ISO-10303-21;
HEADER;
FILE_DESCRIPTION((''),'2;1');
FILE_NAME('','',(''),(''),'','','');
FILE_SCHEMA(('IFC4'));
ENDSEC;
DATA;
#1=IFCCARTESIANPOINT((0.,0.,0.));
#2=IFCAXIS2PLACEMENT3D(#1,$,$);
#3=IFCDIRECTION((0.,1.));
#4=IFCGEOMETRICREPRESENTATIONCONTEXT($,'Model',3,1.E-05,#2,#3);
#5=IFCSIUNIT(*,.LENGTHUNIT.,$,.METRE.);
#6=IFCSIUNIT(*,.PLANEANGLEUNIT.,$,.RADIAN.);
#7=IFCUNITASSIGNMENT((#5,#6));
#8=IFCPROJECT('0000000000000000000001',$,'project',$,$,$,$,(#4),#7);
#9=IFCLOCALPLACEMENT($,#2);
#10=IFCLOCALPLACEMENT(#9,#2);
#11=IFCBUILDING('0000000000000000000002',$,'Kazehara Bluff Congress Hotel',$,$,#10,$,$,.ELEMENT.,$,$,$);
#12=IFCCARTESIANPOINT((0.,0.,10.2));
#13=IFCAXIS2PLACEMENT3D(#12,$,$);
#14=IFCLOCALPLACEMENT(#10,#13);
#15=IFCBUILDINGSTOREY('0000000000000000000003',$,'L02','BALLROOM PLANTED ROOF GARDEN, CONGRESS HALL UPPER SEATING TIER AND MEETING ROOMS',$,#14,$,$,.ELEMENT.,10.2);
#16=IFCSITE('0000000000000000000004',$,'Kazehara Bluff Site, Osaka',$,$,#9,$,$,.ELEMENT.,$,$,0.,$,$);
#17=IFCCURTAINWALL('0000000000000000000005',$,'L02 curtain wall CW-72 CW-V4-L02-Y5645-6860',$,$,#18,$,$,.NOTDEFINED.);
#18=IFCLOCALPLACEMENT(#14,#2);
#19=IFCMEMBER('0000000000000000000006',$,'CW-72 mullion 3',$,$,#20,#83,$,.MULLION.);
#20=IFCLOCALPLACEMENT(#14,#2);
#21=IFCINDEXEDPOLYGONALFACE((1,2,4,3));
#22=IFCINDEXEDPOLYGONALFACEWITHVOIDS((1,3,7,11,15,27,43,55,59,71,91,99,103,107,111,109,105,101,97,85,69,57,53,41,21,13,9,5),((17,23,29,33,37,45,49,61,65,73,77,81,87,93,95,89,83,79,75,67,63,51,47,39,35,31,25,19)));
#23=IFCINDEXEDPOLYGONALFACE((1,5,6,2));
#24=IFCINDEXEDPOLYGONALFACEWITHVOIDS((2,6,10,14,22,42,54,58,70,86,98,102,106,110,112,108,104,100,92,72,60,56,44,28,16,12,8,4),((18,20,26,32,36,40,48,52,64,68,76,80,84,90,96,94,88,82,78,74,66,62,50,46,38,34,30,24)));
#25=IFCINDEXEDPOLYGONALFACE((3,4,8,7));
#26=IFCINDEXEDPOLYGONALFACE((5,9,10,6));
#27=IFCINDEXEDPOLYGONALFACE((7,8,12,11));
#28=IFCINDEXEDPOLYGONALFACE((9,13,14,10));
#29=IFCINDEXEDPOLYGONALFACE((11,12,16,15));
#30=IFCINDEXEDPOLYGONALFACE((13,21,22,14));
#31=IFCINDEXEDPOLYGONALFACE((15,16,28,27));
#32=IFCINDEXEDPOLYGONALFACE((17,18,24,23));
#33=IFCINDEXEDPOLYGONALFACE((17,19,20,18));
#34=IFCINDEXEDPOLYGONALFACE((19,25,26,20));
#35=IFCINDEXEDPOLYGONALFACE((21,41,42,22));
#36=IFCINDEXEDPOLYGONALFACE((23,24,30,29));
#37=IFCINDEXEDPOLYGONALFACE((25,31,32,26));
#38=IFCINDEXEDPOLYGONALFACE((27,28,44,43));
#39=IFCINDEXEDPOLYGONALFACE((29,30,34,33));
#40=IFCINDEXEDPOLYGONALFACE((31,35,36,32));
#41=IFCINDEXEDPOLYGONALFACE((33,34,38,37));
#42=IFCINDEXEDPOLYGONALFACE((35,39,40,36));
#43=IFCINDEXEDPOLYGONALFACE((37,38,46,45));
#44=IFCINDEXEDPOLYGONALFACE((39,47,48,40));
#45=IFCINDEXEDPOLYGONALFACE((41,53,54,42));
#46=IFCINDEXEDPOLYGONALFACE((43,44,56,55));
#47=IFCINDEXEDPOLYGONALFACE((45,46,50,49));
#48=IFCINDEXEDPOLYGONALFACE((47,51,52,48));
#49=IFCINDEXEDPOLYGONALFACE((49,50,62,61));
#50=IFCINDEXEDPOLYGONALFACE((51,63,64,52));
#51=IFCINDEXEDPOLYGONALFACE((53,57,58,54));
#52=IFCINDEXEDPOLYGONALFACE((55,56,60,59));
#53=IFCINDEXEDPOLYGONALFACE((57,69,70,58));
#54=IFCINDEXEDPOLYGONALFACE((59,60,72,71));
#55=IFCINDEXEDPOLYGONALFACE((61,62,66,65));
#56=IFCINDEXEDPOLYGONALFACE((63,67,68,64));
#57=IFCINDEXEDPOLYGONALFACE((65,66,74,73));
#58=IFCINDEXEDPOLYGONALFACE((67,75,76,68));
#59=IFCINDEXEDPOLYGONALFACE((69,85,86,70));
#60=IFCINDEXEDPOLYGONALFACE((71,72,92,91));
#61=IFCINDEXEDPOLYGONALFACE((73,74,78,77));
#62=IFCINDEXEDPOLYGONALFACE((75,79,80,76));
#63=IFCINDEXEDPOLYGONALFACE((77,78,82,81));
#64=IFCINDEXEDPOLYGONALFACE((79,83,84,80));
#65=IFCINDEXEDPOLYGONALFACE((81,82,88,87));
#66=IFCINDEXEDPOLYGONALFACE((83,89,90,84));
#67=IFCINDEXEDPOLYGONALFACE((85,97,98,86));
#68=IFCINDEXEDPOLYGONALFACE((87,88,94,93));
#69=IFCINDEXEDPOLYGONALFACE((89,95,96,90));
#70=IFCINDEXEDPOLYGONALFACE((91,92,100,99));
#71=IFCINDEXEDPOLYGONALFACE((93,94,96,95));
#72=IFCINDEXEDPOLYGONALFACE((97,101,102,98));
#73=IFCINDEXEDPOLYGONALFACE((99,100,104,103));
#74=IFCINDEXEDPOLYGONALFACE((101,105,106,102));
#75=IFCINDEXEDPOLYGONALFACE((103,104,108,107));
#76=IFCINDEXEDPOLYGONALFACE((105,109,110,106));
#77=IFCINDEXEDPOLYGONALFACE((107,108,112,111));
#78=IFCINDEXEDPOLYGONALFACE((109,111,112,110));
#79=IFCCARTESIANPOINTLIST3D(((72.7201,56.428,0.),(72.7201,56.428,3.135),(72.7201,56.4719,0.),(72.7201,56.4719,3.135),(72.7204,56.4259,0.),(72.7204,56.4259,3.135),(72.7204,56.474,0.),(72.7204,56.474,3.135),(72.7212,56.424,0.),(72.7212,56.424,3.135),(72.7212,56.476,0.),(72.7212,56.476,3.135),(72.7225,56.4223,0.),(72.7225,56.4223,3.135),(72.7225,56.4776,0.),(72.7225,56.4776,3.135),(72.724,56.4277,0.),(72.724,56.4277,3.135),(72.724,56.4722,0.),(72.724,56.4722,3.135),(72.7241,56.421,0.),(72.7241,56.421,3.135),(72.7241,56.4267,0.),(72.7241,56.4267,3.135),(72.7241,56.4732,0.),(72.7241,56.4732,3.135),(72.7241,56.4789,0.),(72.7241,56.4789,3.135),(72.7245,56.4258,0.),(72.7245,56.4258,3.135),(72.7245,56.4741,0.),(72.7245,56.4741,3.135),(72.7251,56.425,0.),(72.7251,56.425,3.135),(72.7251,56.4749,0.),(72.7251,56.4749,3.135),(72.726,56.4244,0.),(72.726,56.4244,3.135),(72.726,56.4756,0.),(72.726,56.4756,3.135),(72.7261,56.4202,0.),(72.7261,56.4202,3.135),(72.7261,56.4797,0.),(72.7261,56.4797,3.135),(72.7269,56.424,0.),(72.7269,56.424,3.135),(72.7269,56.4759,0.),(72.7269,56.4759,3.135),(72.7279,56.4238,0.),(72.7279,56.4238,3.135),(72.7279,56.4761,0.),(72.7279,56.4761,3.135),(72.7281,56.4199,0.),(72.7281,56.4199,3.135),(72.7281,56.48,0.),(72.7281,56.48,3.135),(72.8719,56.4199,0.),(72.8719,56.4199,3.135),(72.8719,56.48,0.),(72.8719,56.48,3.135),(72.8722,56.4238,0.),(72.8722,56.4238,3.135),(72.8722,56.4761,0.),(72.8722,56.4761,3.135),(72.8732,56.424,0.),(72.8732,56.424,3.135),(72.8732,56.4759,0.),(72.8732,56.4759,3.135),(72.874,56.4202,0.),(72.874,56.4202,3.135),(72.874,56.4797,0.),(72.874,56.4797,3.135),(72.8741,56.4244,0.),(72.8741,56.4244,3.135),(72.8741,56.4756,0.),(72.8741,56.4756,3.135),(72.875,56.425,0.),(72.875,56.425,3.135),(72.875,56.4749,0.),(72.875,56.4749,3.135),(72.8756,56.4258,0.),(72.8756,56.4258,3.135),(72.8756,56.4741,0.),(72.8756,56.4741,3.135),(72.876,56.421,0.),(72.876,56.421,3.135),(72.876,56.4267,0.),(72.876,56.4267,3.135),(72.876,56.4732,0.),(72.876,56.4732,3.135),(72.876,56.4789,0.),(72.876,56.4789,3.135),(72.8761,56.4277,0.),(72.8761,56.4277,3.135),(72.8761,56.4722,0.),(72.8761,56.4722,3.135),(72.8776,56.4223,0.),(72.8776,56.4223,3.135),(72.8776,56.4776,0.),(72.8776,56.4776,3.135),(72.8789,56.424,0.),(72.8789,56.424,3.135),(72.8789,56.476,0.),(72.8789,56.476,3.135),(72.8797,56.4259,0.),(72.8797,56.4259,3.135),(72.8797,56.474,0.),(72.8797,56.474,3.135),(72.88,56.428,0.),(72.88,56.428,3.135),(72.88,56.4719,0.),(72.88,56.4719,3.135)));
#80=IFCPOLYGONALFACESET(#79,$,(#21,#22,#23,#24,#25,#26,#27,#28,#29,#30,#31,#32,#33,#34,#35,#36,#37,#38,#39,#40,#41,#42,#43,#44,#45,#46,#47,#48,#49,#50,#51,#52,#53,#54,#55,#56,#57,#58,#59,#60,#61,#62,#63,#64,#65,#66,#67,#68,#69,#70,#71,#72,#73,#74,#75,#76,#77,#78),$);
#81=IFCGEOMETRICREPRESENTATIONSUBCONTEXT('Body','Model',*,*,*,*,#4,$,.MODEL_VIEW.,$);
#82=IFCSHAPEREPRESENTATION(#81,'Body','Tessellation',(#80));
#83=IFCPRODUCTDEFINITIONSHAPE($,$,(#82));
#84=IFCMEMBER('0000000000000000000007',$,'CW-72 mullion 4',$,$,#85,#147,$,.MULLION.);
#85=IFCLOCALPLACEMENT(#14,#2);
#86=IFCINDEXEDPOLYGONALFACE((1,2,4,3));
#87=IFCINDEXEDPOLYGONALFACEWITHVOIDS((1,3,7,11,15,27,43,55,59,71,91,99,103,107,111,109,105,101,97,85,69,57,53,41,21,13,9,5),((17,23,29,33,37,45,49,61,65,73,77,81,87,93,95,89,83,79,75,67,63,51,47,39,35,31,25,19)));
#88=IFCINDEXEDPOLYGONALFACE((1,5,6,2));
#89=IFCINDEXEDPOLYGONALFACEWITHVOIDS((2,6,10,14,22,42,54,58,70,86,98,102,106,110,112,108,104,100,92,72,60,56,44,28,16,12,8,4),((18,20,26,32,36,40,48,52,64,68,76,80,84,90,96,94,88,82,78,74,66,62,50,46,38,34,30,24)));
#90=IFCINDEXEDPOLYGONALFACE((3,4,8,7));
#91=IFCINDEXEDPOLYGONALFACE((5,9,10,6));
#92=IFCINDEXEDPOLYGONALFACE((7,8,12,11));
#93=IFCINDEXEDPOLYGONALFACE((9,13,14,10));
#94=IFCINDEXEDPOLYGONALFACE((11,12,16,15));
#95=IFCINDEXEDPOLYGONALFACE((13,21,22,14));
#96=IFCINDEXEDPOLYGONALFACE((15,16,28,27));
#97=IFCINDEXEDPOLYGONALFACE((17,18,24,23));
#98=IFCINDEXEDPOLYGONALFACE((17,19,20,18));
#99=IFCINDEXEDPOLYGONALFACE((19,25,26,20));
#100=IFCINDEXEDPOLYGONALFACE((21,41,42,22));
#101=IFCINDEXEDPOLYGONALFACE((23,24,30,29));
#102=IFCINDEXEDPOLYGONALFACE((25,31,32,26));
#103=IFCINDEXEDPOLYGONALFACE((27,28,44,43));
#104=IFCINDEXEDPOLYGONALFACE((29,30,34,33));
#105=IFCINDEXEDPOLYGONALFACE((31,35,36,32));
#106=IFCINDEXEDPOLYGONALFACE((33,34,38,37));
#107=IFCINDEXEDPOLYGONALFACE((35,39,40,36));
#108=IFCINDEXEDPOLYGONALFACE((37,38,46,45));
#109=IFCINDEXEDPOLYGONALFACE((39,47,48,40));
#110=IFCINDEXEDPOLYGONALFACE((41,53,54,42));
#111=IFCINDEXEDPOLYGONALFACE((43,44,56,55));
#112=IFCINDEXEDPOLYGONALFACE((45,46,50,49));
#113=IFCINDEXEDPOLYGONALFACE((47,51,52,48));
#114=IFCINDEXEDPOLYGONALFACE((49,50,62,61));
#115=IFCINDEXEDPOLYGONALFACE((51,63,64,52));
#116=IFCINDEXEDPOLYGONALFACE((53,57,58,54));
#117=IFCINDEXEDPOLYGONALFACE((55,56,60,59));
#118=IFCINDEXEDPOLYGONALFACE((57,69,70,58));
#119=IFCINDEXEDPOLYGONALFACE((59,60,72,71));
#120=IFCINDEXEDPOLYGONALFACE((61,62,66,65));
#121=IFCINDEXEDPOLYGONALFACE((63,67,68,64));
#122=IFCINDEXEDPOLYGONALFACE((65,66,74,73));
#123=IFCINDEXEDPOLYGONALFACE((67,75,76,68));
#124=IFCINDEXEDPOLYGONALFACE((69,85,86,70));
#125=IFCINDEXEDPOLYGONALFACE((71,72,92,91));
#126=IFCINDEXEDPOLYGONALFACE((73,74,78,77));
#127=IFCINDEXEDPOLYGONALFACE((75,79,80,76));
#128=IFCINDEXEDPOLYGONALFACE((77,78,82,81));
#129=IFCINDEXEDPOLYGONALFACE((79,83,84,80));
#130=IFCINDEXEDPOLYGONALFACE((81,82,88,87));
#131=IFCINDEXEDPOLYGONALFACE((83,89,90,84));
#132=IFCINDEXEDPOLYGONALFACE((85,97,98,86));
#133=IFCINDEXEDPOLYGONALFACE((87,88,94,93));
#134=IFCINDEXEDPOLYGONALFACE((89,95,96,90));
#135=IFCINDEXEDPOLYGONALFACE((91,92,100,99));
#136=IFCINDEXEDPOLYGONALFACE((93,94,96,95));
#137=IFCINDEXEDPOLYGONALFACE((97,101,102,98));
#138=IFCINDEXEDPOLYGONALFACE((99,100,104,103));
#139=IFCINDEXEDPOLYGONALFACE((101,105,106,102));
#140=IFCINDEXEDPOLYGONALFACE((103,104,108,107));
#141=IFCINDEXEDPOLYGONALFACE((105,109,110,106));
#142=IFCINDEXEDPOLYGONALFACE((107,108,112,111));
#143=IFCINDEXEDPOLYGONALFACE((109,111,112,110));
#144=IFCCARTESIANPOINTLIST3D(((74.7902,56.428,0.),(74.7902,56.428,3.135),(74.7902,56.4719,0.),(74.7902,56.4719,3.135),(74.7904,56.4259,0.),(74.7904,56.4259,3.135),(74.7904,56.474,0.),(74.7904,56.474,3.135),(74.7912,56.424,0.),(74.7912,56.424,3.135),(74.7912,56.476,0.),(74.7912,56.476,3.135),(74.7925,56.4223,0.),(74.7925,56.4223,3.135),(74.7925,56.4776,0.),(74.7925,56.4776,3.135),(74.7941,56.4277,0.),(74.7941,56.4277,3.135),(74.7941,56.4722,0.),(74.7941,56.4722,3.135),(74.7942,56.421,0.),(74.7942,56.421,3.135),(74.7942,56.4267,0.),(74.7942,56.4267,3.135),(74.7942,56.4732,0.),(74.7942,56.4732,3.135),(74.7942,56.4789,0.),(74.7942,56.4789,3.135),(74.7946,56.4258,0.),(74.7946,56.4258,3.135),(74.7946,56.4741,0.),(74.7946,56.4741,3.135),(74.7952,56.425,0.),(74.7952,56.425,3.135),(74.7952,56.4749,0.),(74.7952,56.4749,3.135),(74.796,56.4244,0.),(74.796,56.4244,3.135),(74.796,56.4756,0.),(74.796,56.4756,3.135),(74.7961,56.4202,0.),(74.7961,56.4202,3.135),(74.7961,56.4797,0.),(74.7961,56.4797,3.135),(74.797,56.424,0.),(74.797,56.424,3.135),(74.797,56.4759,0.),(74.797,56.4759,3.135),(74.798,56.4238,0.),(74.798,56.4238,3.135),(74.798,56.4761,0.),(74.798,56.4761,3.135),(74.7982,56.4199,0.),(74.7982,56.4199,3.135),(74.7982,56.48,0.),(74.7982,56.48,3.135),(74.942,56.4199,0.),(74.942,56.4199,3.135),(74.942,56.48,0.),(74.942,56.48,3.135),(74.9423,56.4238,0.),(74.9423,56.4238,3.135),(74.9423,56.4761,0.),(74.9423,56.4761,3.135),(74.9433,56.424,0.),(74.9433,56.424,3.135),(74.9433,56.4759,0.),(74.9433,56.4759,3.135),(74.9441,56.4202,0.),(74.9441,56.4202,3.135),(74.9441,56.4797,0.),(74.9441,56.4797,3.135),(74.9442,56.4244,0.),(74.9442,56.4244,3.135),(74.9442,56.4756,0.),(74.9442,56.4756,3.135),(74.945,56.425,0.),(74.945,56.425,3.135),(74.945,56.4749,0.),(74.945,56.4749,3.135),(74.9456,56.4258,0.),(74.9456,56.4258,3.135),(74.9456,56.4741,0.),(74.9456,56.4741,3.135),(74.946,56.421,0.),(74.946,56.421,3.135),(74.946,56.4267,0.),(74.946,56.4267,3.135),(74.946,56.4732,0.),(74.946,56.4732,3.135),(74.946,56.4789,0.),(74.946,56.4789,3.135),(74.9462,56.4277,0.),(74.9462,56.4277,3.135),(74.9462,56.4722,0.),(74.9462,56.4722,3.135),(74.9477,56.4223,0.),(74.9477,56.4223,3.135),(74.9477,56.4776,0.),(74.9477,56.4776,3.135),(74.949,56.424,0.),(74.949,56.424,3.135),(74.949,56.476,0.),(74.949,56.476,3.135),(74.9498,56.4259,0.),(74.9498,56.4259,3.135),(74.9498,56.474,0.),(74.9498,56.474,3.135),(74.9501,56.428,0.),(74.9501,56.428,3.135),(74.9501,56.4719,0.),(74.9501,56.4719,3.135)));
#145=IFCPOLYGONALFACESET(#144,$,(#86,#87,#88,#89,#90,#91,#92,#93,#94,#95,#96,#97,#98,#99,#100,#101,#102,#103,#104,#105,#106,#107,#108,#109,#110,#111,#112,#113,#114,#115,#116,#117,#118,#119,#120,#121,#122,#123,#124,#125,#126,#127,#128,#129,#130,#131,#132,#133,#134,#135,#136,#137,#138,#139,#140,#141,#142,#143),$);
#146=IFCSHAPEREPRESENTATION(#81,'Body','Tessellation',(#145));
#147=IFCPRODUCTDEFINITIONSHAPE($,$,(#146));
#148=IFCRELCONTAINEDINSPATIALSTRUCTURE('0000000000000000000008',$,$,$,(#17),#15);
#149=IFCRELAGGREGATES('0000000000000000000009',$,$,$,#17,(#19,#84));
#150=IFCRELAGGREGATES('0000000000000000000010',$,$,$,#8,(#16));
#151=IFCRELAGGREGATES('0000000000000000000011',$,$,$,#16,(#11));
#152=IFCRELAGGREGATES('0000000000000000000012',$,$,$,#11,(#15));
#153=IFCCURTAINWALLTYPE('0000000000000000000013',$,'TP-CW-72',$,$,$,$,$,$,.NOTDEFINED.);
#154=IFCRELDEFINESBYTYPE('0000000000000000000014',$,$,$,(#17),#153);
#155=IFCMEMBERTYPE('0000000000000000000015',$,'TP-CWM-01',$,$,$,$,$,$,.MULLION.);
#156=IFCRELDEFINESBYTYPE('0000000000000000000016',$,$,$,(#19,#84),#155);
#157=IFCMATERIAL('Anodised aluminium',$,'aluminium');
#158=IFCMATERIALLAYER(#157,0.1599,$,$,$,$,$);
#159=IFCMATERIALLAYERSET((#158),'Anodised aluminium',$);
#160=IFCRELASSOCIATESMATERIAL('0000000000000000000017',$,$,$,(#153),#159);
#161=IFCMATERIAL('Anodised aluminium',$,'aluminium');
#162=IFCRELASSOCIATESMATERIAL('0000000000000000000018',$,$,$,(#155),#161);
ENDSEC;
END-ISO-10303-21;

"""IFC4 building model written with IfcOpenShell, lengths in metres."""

from ifc_helpers import new_model, si_unit, direction, frame, origin, origin_2d, place, context, subcontext, project, spatial, hollow_rectangle, extrude, material, layer, layer_set, material_profile, profile_set, type_object, element, aggregate, save


model = new_model("IFC4")

# Units and contexts
model_context = context("Model", 3, precision=1e-05, world=origin(), true_north=direction((0.0, 1.0)))
body_context = subcontext(model_context, "Body", "Model", "MODEL_VIEW")
ifc_project = project(units=[si_unit("LENGTHUNIT", "METRE"), si_unit("PLANEANGLEUNIT", "RADIAN")], contexts=[model_context])

# Site, building, storey
site_placement = place(None, origin())
site = spatial("IfcSite", under=ifc_project, at=site_placement, Name="Kazehara Bluff Site, Osaka", CompositionType="ELEMENT", RefElevation=0.0)
building_placement = place(site_placement, origin())
building = spatial("IfcBuilding", under=site, at=building_placement, Name="Kazehara Bluff Congress Hotel", CompositionType="ELEMENT")
storey_placement = place(building_placement, frame((0.0, 0.0, 10.2)))
storey = spatial("IfcBuildingStorey", under=building, at=storey_placement, Name="L02", Description="BALLROOM PLANTED ROOF GARDEN, CONGRESS HALL UPPER SEATING TIER AND MEETING ROOMS", CompositionType="ELEMENT", Elevation=10.2)

# Curtain wall, members
ifc_material_1 = material(Name="Anodised aluminium", Category="aluminium")
ifc_layer_1 = layer(ifc_material_1, 0.1599)
ifc_layer_set_1 = layer_set([ifc_layer_1], Name="Anodised aluminium")
curtain_wall_type = type_object("IfcCurtainWallType", Name="TP-CW-72", PredefinedType="NOTDEFINED", material=ifc_layer_set_1)
curtain_wall_placement = place(storey_placement, origin())
curtain_wall = element("IfcCurtainWall", 1, at=curtain_wall_placement, inside=storey, type_object=curtain_wall_type, Name="L02 curtain wall CW-72 CW-V4-L02-Y5645-6860", PredefinedType="NOTDEFINED")
ifc_material_2 = material(Name="Anodised aluminium", Category="aluminium")
ifc_material_profile_1 = material_profile(ifc_material_2, hollow_rectangle(XDim=0.0601, YDim=0.1599, WallThickness=0.0039, InnerFilletRadius=0.0039, OuterFilletRadius=0.0081, at=origin_2d()))
ifc_profile_set_1 = profile_set([ifc_material_profile_1], Name="Anodised aluminium")
member_type_1 = type_object("IfcMemberType", Name="TP-CWM-01", PredefinedType="MULLION", material=ifc_profile_set_1)
member_1_placement = place(storey_placement, frame((72.8, 56.45, 0.0), z_axis=(0.0, 0.0, 1.0), x_axis=(0.0, 1.0, 0.0)))
member_1 = element("IfcMember", 2, at=member_1_placement, type_object=member_type_1, Name="CW-72 mullion 3", PredefinedType="MULLION", context=body_context, shape_type="SweptSolid", body=[
    extrude(hollow_rectangle(XDim=0.0601, YDim=0.1599, WallThickness=0.0039, InnerFilletRadius=0.0039, OuterFilletRadius=0.0081, at=origin_2d()), origin(), (0.0, 0.0, 1.0), 3.135),
])
member_2_placement = place(storey_placement, frame((74.8701, 56.45, 0.0), z_axis=(0.0, 0.0, 1.0), x_axis=(0.0, 1.0, 0.0)))
member_2 = element("IfcMember", 3, at=member_2_placement, type_object=member_type_1, Name="CW-72 mullion 4", PredefinedType="MULLION", context=body_context, shape_type="SweptSolid", body=[
    extrude(hollow_rectangle(XDim=0.0601, YDim=0.1599, WallThickness=0.0039, InnerFilletRadius=0.0039, OuterFilletRadius=0.0081, at=origin_2d()), origin(), (0.0, 0.0, 1.0), 3.135),
])
aggregate(curtain_wall, [member_1, member_2])

save(model, "model.ifc")
